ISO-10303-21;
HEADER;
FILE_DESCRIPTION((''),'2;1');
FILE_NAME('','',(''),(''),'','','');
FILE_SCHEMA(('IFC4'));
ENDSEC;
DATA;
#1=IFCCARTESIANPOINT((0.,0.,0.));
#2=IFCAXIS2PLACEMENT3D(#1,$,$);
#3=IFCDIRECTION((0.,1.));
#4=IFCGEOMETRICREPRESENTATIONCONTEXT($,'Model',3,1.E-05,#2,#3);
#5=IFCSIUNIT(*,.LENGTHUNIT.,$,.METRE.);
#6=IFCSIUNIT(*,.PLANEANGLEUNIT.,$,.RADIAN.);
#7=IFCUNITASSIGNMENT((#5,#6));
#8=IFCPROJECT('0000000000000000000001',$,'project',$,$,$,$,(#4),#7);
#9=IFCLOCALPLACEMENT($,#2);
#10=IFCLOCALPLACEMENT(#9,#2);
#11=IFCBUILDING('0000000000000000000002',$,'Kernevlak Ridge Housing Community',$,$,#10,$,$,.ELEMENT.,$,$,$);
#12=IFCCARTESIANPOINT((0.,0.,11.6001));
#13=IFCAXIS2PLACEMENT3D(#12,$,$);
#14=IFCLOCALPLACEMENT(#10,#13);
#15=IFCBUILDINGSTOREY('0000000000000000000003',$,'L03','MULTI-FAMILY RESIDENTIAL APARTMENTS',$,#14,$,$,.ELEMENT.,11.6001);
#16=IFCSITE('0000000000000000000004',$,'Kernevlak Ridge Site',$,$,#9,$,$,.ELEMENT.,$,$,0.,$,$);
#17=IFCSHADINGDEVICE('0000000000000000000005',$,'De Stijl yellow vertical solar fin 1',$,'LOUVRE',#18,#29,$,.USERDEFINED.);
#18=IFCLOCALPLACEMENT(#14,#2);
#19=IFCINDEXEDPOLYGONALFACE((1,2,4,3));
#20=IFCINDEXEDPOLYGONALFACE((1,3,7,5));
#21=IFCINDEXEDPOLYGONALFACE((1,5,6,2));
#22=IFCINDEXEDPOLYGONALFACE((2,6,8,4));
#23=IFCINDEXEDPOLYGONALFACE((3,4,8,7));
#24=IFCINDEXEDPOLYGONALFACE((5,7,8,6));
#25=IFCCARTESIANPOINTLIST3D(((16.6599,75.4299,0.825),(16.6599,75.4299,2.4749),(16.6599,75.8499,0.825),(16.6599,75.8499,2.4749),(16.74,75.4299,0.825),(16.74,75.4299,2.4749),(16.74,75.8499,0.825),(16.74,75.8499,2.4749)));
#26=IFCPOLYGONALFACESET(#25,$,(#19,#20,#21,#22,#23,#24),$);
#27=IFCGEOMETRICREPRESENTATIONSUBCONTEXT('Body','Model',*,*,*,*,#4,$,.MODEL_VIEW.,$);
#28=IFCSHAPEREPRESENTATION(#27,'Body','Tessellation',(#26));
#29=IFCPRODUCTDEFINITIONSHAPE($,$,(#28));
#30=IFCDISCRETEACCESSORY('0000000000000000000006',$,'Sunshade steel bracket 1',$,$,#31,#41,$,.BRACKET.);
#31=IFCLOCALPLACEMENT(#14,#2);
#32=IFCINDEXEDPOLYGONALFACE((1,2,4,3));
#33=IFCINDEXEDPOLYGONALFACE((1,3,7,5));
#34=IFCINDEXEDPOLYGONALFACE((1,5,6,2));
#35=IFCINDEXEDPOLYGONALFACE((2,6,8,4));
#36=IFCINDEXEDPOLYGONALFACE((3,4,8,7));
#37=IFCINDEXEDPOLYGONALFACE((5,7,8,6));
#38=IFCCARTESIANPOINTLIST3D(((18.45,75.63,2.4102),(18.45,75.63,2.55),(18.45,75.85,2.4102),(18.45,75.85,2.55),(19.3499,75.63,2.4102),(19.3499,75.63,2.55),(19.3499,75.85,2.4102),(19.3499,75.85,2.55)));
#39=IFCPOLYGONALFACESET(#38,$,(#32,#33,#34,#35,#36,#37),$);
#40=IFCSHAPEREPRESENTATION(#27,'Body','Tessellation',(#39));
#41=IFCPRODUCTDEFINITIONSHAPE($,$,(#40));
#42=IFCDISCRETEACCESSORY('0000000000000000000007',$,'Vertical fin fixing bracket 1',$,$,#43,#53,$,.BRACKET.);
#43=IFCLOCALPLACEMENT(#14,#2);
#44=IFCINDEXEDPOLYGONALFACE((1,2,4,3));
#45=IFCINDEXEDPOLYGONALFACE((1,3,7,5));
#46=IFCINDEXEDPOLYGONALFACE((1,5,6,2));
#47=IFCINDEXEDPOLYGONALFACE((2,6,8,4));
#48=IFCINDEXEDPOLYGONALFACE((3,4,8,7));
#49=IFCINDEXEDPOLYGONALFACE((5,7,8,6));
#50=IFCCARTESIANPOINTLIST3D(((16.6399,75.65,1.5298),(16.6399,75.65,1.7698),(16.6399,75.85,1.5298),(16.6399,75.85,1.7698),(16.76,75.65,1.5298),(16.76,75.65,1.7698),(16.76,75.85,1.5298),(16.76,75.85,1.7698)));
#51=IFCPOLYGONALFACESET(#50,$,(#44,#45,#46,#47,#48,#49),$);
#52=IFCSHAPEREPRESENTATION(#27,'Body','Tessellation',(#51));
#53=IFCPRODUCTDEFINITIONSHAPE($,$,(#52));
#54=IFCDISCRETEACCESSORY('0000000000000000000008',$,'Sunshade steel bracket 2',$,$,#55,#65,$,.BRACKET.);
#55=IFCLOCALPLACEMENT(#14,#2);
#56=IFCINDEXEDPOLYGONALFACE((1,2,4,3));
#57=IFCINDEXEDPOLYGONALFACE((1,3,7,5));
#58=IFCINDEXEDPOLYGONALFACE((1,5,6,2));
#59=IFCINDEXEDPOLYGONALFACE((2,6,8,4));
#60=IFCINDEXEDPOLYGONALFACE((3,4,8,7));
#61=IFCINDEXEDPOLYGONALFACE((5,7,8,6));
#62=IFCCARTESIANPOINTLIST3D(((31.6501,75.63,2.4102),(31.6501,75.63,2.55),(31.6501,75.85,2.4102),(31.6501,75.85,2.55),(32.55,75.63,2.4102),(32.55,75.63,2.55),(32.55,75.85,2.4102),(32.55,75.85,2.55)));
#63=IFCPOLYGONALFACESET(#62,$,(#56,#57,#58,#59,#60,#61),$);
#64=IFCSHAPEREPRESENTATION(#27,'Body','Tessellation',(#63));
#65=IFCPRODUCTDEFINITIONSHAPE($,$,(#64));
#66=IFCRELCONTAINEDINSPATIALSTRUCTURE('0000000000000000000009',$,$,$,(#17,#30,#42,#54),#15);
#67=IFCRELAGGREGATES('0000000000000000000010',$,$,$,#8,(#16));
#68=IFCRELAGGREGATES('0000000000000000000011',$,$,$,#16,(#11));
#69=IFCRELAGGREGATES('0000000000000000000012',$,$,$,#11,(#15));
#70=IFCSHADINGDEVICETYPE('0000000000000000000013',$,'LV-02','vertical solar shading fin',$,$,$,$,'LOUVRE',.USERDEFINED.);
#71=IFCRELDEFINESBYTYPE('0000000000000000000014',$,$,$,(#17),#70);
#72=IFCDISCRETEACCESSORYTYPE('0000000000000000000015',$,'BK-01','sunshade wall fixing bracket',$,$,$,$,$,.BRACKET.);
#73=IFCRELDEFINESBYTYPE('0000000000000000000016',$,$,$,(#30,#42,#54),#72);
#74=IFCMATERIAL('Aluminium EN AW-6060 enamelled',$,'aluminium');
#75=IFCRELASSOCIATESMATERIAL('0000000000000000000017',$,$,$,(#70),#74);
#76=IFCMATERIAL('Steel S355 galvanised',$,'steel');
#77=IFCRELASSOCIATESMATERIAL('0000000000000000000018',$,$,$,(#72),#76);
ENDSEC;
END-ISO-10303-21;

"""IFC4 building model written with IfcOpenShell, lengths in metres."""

from ifc_helpers import new_model, si_unit, direction, frame, origin, origin_2d, place, context, subcontext, project, spatial, rectangle, extrude, material, type_object, element, save


model = new_model("IFC4")

# Units and contexts
model_context = context("Model", 3, precision=1e-05, world=origin(), true_north=direction((0.0, 1.0)))
body_context = subcontext(model_context, "Body", "Model", "MODEL_VIEW")
ifc_project = project(units=[si_unit("LENGTHUNIT", "METRE"), si_unit("PLANEANGLEUNIT", "RADIAN")], contexts=[model_context])

# Site, building, storey
site_placement = place(None, origin())
site = spatial("IfcSite", under=ifc_project, at=site_placement, Name="Kernevlak Ridge Site", CompositionType="ELEMENT", RefElevation=0.0)
building_placement = place(site_placement, origin())
building = spatial("IfcBuilding", under=site, at=building_placement, Name="Kernevlak Ridge Housing Community", CompositionType="ELEMENT")
storey_placement = place(building_placement, frame((0.0, 0.0, 11.6001)))
storey = spatial("IfcBuildingStorey", under=building, at=storey_placement, Name="L03", Description="MULTI-FAMILY RESIDENTIAL APARTMENTS", CompositionType="ELEMENT", Elevation=11.6001)

# Shading device
ifc_material_1 = material(Name="Aluminium EN AW-6060 enamelled", Category="aluminium")
shading_device_type_1 = type_object("IfcShadingDeviceType", Name="LV-02", Description="vertical solar shading fin", ElementType="LOUVRE", PredefinedType="USERDEFINED", material=ifc_material_1)
shading_device_1_placement = place(storey_placement, frame((16.7, 75.6399, 0.825), z_axis=(0.0, 0.0, 1.0), x_axis=(1.0, 0.0, 0.0)))
element("IfcShadingDevice", 1, at=shading_device_1_placement, inside=storey, type_object=shading_device_type_1, Name="De Stijl yellow vertical solar fin 1", ObjectType="LOUVRE", PredefinedType="USERDEFINED", context=body_context, shape_type="SweptSolid", body=[
    extrude(rectangle(XDim=0.0801, YDim=0.4199, at=origin_2d()), origin(), (0.0, 0.0, 1.0), 1.6499),
])

# Discrete accessories
ifc_material_2 = material(Name="Steel S355 galvanised", Category="steel")
discrete_accessory_type = type_object("IfcDiscreteAccessoryType", Name="BK-01", Description="sunshade wall fixing bracket", PredefinedType="BRACKET", material=ifc_material_2)
discrete_accessory_1_placement = place(storey_placement, frame((18.8999, 75.74, 2.4102), z_axis=(0.0, 0.0, 1.0), x_axis=(1.0, 0.0, 0.0)))
element("IfcDiscreteAccessory", 2, at=discrete_accessory_1_placement, inside=storey, type_object=discrete_accessory_type, Name="Sunshade steel bracket 1", PredefinedType="BRACKET", context=body_context, shape_type="SweptSolid", body=[
    extrude(rectangle(XDim=0.8999, YDim=0.22, at=origin_2d()), origin(), (0.0, 0.0, 1.0), 0.1399),
])
discrete_accessory_2_placement = place(storey_placement, frame((16.7, 75.75, 1.5298), z_axis=(0.0, 0.0, 1.0), x_axis=(1.0, 0.0, 0.0)))
element("IfcDiscreteAccessory", 3, at=discrete_accessory_2_placement, inside=storey, type_object=discrete_accessory_type, Name="Vertical fin fixing bracket 1", PredefinedType="BRACKET", context=body_context, shape_type="SweptSolid", body=[
    extrude(rectangle(XDim=0.1201, YDim=0.2, at=origin_2d()), origin(), (0.0, 0.0, 1.0), 0.24),
])
discrete_accessory_3_placement = place(storey_placement, frame((32.1001, 75.74, 2.4102), z_axis=(0.0, 0.0, 1.0), x_axis=(1.0, 0.0, 0.0)))
element("IfcDiscreteAccessory", 4, at=discrete_accessory_3_placement, inside=storey, type_object=discrete_accessory_type, Name="Sunshade steel bracket 2", PredefinedType="BRACKET", context=body_context, shape_type="SweptSolid", body=[
    extrude(rectangle(XDim=0.8999, YDim=0.22, at=origin_2d()), origin(), (0.0, 0.0, 1.0), 0.1399),
])

save(model, "model.ifc")
